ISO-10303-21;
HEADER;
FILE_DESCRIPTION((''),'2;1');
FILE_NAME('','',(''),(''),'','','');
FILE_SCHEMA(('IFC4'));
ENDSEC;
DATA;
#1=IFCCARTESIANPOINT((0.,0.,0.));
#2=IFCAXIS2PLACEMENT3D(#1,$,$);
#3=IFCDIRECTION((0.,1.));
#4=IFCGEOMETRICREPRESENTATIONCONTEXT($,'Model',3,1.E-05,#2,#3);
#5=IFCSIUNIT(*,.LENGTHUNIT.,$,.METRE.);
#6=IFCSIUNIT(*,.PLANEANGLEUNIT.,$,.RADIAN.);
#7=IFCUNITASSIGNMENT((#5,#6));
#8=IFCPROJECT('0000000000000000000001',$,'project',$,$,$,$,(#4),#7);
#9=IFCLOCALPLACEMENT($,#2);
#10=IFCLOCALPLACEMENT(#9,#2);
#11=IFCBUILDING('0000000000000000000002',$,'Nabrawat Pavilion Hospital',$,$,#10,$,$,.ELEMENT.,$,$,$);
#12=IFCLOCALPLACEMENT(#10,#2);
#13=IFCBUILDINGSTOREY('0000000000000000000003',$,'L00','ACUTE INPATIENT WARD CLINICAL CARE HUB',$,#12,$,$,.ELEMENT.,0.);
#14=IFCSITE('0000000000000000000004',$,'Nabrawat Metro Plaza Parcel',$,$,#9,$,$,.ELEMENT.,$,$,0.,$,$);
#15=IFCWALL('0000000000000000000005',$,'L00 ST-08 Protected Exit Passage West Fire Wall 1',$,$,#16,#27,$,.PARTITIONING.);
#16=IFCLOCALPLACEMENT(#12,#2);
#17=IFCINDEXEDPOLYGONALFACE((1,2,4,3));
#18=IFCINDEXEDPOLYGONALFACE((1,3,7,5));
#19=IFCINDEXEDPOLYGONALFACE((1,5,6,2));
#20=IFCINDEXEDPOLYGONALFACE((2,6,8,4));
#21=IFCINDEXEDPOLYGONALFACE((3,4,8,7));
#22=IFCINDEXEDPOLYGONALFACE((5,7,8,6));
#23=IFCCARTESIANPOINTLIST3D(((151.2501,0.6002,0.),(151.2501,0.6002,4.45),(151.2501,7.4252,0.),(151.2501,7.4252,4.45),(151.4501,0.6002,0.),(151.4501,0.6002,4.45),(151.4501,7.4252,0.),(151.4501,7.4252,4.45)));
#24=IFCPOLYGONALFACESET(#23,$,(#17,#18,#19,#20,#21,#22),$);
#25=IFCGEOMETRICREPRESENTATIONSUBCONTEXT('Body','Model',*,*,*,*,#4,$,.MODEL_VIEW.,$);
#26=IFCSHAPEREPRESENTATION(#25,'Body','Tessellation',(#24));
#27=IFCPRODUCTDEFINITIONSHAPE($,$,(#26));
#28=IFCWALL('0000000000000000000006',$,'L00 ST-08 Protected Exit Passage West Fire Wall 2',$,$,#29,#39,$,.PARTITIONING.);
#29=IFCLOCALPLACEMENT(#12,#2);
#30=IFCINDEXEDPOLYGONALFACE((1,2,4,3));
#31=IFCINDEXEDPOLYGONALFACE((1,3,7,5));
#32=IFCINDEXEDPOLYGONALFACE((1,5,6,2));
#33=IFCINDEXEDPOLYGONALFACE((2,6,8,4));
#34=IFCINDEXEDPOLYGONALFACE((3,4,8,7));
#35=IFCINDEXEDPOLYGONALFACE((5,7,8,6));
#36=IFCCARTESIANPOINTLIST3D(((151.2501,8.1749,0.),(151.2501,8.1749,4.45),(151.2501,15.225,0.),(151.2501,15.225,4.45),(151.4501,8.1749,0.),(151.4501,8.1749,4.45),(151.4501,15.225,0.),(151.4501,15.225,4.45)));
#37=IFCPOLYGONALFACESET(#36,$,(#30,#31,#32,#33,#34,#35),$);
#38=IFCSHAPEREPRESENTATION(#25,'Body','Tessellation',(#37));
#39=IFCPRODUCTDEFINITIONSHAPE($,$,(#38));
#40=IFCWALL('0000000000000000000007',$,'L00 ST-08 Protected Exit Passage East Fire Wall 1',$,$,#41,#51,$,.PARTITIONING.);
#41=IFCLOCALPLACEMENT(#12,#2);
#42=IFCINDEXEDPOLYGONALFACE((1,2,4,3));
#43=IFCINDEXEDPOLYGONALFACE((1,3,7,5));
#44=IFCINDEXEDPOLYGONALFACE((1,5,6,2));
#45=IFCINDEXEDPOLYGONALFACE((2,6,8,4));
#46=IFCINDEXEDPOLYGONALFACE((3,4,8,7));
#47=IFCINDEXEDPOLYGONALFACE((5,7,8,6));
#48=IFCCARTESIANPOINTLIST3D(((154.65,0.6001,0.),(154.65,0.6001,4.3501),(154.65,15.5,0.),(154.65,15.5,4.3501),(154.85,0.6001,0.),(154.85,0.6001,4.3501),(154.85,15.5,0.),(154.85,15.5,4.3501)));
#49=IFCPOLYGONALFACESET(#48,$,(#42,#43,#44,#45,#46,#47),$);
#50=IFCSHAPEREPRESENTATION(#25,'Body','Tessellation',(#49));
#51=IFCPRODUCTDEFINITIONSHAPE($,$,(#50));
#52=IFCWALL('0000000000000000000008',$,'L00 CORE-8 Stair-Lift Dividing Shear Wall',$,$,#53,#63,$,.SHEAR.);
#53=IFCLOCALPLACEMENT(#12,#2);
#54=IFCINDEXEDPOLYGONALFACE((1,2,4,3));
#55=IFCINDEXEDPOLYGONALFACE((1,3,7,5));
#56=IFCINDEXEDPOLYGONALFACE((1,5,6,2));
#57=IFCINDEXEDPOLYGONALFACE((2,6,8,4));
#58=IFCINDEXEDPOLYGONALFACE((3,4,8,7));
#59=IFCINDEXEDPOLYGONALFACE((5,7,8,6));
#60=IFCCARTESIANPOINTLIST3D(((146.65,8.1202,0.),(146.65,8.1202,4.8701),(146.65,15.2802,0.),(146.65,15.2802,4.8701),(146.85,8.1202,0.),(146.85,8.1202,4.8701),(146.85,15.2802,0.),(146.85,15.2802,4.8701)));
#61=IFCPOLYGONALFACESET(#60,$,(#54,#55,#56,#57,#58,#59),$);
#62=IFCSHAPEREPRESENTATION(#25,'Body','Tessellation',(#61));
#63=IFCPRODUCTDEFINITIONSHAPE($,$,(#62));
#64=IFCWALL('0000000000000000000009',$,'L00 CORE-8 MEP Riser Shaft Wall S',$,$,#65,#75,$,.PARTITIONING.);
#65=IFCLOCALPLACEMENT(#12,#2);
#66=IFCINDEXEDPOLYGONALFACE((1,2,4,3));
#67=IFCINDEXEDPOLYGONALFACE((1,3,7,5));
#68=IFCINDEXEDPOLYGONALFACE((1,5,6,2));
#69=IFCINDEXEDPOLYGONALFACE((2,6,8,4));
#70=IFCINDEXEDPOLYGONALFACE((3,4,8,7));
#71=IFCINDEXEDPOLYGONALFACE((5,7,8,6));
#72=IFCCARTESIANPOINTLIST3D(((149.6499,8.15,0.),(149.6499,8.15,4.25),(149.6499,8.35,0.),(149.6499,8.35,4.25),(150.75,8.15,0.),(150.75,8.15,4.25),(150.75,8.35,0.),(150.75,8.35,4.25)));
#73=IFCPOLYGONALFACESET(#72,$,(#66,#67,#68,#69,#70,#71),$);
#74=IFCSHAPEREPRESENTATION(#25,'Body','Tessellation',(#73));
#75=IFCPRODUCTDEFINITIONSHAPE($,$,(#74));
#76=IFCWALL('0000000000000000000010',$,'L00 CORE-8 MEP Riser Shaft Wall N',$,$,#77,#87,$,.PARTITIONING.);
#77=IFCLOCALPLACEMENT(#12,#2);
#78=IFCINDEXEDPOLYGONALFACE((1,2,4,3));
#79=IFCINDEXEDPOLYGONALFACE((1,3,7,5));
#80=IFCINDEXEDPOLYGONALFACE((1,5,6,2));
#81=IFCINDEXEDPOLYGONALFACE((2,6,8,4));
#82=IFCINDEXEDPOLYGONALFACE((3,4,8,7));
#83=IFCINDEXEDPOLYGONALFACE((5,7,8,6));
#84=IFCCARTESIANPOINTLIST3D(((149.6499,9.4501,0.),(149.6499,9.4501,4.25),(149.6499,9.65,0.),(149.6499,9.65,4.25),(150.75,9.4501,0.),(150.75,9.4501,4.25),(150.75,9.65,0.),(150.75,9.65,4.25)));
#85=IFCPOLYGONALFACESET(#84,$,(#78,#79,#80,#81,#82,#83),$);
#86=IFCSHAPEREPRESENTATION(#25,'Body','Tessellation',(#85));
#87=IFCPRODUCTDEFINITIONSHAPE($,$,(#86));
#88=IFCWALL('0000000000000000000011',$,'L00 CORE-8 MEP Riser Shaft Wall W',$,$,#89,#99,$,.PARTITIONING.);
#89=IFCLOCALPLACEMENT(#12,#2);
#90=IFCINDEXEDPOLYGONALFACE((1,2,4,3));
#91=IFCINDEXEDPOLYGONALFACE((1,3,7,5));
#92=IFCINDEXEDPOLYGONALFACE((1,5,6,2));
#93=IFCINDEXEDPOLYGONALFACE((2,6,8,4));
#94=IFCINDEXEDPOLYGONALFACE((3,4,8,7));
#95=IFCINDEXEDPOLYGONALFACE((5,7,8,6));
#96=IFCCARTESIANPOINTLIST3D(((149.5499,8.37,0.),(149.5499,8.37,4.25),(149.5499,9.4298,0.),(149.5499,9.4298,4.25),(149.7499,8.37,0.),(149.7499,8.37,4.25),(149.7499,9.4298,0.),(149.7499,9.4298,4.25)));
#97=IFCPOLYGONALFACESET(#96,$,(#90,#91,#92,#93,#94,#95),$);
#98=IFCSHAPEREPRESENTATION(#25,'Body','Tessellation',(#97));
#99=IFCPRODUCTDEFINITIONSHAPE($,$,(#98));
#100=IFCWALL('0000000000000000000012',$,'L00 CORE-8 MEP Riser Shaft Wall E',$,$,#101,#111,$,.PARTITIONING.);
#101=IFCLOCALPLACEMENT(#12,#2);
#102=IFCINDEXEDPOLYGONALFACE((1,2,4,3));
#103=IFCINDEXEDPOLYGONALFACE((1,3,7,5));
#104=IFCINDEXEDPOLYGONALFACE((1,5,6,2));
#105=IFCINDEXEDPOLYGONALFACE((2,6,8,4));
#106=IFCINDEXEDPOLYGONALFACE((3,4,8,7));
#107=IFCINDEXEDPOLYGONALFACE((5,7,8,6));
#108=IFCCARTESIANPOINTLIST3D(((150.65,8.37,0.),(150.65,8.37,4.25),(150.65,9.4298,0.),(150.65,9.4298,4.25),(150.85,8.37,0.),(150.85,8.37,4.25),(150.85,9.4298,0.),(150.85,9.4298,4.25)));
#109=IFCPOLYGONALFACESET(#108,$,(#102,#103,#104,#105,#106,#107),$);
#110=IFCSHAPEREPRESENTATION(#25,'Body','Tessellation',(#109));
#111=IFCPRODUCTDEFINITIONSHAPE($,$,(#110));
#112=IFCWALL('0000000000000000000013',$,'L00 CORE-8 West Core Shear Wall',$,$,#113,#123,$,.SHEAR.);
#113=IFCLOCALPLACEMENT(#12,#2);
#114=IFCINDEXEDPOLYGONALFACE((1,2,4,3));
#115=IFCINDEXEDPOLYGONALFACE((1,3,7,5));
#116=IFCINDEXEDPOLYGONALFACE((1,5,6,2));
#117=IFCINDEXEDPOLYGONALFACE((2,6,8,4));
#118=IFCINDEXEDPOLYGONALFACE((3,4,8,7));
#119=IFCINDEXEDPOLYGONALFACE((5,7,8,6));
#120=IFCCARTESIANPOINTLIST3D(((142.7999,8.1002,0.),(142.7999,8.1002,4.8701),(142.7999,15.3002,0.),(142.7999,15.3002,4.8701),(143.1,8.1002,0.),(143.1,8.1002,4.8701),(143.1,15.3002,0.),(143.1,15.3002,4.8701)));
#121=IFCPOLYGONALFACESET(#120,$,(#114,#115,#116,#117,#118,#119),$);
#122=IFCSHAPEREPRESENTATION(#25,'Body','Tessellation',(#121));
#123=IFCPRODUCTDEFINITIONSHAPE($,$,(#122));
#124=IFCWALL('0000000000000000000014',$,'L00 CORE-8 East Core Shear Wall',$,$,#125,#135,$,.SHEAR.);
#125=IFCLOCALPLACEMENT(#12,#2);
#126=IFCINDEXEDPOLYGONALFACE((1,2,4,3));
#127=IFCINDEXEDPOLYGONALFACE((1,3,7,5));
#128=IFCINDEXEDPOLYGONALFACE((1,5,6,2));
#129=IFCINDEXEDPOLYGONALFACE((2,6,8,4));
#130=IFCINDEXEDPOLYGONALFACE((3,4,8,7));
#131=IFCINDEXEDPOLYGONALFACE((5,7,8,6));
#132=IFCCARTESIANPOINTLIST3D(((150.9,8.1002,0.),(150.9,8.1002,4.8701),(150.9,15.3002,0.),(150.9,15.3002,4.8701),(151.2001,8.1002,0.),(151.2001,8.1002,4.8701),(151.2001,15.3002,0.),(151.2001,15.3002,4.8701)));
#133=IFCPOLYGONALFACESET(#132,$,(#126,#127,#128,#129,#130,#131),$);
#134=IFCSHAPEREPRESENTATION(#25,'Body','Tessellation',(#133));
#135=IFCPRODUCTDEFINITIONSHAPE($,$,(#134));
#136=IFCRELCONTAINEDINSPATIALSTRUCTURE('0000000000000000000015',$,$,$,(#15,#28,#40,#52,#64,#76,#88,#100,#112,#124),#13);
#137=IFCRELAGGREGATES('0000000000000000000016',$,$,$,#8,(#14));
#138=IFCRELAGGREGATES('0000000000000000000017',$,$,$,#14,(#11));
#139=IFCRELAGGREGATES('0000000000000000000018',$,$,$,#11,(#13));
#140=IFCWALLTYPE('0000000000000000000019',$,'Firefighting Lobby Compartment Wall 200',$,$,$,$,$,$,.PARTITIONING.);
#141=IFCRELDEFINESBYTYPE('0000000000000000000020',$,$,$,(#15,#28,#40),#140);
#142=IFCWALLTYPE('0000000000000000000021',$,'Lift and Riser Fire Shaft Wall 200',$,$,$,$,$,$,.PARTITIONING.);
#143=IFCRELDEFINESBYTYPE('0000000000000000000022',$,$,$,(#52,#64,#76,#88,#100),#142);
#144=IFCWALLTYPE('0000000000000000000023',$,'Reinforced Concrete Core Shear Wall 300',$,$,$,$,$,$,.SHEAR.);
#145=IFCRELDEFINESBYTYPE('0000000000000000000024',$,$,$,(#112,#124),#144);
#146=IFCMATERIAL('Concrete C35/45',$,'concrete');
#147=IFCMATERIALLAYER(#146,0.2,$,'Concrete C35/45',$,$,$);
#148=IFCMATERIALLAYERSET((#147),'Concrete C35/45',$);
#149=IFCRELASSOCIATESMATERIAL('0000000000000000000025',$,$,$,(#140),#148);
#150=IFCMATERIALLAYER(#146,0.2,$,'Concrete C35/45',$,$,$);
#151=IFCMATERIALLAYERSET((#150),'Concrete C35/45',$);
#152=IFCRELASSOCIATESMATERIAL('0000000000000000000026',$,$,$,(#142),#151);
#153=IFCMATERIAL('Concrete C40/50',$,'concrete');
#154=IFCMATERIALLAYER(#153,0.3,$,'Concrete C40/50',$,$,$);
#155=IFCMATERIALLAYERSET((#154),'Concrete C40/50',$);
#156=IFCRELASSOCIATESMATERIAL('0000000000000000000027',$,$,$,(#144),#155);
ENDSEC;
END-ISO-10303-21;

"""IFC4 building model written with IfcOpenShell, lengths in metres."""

from ifc_helpers import new_model, si_unit, direction, frame, frame_2d, origin, place, context, subcontext, project, spatial, rectangle, extrude, material, layer, layer_set, type_object, element, save


model = new_model("IFC4")

# Units and contexts
model_context = context("Model", 3, precision=1e-05, world=origin(), true_north=direction((0.0, 1.0)))
body_context = subcontext(model_context, "Body", "Model", "MODEL_VIEW")
ifc_project = project(units=[si_unit("LENGTHUNIT", "METRE"), si_unit("PLANEANGLEUNIT", "RADIAN")], contexts=[model_context])

# Site, building, storey
site_placement = place(None, origin())
site = spatial("IfcSite", under=ifc_project, at=site_placement, Name="Nabrawat Metro Plaza Parcel", CompositionType="ELEMENT", RefElevation=0.0)
building_placement = place(site_placement, origin())
building = spatial("IfcBuilding", under=site, at=building_placement, Name="Nabrawat Pavilion Hospital", CompositionType="ELEMENT")
storey_placement = place(building_placement, origin())
storey = spatial("IfcBuildingStorey", under=building, at=storey_placement, Name="L00", Description="ACUTE INPATIENT WARD CLINICAL CARE HUB", CompositionType="ELEMENT", Elevation=0.0)

# Shared definitions
ifc_material_1 = material(Name="Concrete C40/50", Category="concrete")

# Walls
ifc_material_2 = material(Name="Concrete C35/45", Category="concrete")
ifc_layer_1 = layer(ifc_material_2, 0.2, Name="Concrete C35/45")
ifc_layer_set_1 = layer_set([ifc_layer_1], Name="Concrete C35/45")
wall_type_1 = type_object("IfcWallType", Name="Firefighting Lobby Compartment Wall 200", PredefinedType="PARTITIONING", material=ifc_layer_set_1)
wall_1_placement = place(storey_placement, frame((151.3501, 0.6001, 0.0), z_axis=(0.0, 0.0, 1.0), x_axis=(0.0, 1.0, 0.0)))
element("IfcWall", 1, at=wall_1_placement, inside=storey, type_object=wall_type_1, Name="L00 ST-08 Protected Exit Passage West Fire Wall 1", PredefinedType="PARTITIONING", context=body_context, shape_type="SweptSolid", body=[
    extrude(rectangle(XDim=6.825, YDim=0.2, at=frame_2d((3.4126, 0.0))), origin(), (0.0, 0.0, 1.0), 4.45),
])
wall_2_placement = place(storey_placement, frame((151.3501, 8.175, 0.0), z_axis=(0.0, 0.0, 1.0), x_axis=(0.0, 1.0, 0.0)))
element("IfcWall", 2, at=wall_2_placement, inside=storey, type_object=wall_type_1, Name="L00 ST-08 Protected Exit Passage West Fire Wall 2", PredefinedType="PARTITIONING", context=body_context, shape_type="SweptSolid", body=[
    extrude(rectangle(XDim=7.05, YDim=0.2, at=frame_2d((3.5249, 0.0))), origin(), (0.0, 0.0, 1.0), 4.45),
])
wall_3_placement = place(storey_placement, frame((154.75, 0.6001, 0.0), z_axis=(0.0, 0.0, 1.0), x_axis=(0.0, 1.0, 0.0)))
element("IfcWall", 3, at=wall_3_placement, inside=storey, type_object=wall_type_1, Name="L00 ST-08 Protected Exit Passage East Fire Wall 1", PredefinedType="PARTITIONING", context=body_context, shape_type="SweptSolid", body=[
    extrude(rectangle(XDim=14.8999, YDim=0.2, at=frame_2d((7.45, 0.0))), origin(), (0.0, 0.0, 1.0), 4.3501),
])
ifc_layer_2 = layer(ifc_material_2, 0.2, Name="Concrete C35/45")
ifc_layer_set_2 = layer_set([ifc_layer_2], Name="Concrete C35/45")
wall_type_2 = type_object("IfcWallType", Name="Lift and Riser Fire Shaft Wall 200", PredefinedType="PARTITIONING", material=ifc_layer_set_2)
wall_4_placement = place(storey_placement, frame((146.75, 8.1201, 0.0), z_axis=(0.0, 0.0, 1.0), x_axis=(0.0, 1.0, 0.0)))
element("IfcWall", 4, at=wall_4_placement, inside=storey, type_object=wall_type_2, Name="L00 CORE-8 Stair-Lift Dividing Shear Wall", PredefinedType="SHEAR", context=body_context, shape_type="SweptSolid", body=[
    extrude(rectangle(XDim=7.1599, YDim=0.2, at=frame_2d((3.5801, 0.0))), origin(), (0.0, 0.0, 1.0), 4.8701),
])
for number, where, z_axis, x_axis, name in (
    (5, (149.6499, 8.25, 0.0), (0.0, 0.0, 1.0), (1.0, 0.0, 0.0), "L00 CORE-8 MEP Riser Shaft Wall S"),
    (6, (149.6499, 9.55, 0.0), (0.0, 0.0, 1.0), (1.0, 0.0, 0.0), "L00 CORE-8 MEP Riser Shaft Wall N"),
):
    element("IfcWall", number, at=place(storey_placement, frame(where, z_axis=z_axis, x_axis=x_axis)), inside=storey, type_object=wall_type_2, Name=name, PredefinedType="PARTITIONING", context=body_context, shape_type="SweptSolid", body=[
        extrude(rectangle(XDim=1.1001, YDim=0.2, at=frame_2d((0.55, 0.0))), origin(), (0.0, 0.0, 1.0), 4.25),
    ])
for number, where, z_axis, x_axis, name in (
    (7, (149.6499, 8.3701, 0.0), (0.0, 0.0, 1.0), (0.0, 1.0, 0.0), "L00 CORE-8 MEP Riser Shaft Wall W"),
    (8, (150.75, 8.3701, 0.0), (0.0, 0.0, 1.0), (0.0, 1.0, 0.0), "L00 CORE-8 MEP Riser Shaft Wall E"),
):
    element("IfcWall", number, at=place(storey_placement, frame(where, z_axis=z_axis, x_axis=x_axis)), inside=storey, type_object=wall_type_2, Name=name, PredefinedType="PARTITIONING", context=body_context, shape_type="SweptSolid", body=[
        extrude(rectangle(XDim=1.0598, YDim=0.2, at=frame_2d((0.5298, 0.0))), origin(), (0.0, 0.0, 1.0), 4.25),
    ])
ifc_layer_3 = layer(ifc_material_1, 0.3, Name="Concrete C40/50")
ifc_layer_set_3 = layer_set([ifc_layer_3], Name="Concrete C40/50")
wall_type_3 = type_object("IfcWallType", Name="Reinforced Concrete Core Shear Wall 300", PredefinedType="SHEAR", material=ifc_layer_set_3)
for number, where, z_axis, x_axis, name in (
    (9, (142.95, 8.1001, 0.0), (0.0, 0.0, 1.0), (0.0, 1.0, 0.0), "L00 CORE-8 West Core Shear Wall"),
    (10, (151.05, 8.1001, 0.0), (0.0, 0.0, 1.0), (0.0, 1.0, 0.0), "L00 CORE-8 East Core Shear Wall"),
):
    element("IfcWall", number, at=place(storey_placement, frame(where, z_axis=z_axis, x_axis=x_axis)), inside=storey, type_object=wall_type_3, Name=name, PredefinedType="SHEAR", context=body_context, shape_type="SweptSolid", body=[
        extrude(rectangle(XDim=7.2, YDim=0.3, at=frame_2d((3.6001, 0.0))), origin(), (0.0, 0.0, 1.0), 4.8701),
    ])

save(model, "model.ifc")
